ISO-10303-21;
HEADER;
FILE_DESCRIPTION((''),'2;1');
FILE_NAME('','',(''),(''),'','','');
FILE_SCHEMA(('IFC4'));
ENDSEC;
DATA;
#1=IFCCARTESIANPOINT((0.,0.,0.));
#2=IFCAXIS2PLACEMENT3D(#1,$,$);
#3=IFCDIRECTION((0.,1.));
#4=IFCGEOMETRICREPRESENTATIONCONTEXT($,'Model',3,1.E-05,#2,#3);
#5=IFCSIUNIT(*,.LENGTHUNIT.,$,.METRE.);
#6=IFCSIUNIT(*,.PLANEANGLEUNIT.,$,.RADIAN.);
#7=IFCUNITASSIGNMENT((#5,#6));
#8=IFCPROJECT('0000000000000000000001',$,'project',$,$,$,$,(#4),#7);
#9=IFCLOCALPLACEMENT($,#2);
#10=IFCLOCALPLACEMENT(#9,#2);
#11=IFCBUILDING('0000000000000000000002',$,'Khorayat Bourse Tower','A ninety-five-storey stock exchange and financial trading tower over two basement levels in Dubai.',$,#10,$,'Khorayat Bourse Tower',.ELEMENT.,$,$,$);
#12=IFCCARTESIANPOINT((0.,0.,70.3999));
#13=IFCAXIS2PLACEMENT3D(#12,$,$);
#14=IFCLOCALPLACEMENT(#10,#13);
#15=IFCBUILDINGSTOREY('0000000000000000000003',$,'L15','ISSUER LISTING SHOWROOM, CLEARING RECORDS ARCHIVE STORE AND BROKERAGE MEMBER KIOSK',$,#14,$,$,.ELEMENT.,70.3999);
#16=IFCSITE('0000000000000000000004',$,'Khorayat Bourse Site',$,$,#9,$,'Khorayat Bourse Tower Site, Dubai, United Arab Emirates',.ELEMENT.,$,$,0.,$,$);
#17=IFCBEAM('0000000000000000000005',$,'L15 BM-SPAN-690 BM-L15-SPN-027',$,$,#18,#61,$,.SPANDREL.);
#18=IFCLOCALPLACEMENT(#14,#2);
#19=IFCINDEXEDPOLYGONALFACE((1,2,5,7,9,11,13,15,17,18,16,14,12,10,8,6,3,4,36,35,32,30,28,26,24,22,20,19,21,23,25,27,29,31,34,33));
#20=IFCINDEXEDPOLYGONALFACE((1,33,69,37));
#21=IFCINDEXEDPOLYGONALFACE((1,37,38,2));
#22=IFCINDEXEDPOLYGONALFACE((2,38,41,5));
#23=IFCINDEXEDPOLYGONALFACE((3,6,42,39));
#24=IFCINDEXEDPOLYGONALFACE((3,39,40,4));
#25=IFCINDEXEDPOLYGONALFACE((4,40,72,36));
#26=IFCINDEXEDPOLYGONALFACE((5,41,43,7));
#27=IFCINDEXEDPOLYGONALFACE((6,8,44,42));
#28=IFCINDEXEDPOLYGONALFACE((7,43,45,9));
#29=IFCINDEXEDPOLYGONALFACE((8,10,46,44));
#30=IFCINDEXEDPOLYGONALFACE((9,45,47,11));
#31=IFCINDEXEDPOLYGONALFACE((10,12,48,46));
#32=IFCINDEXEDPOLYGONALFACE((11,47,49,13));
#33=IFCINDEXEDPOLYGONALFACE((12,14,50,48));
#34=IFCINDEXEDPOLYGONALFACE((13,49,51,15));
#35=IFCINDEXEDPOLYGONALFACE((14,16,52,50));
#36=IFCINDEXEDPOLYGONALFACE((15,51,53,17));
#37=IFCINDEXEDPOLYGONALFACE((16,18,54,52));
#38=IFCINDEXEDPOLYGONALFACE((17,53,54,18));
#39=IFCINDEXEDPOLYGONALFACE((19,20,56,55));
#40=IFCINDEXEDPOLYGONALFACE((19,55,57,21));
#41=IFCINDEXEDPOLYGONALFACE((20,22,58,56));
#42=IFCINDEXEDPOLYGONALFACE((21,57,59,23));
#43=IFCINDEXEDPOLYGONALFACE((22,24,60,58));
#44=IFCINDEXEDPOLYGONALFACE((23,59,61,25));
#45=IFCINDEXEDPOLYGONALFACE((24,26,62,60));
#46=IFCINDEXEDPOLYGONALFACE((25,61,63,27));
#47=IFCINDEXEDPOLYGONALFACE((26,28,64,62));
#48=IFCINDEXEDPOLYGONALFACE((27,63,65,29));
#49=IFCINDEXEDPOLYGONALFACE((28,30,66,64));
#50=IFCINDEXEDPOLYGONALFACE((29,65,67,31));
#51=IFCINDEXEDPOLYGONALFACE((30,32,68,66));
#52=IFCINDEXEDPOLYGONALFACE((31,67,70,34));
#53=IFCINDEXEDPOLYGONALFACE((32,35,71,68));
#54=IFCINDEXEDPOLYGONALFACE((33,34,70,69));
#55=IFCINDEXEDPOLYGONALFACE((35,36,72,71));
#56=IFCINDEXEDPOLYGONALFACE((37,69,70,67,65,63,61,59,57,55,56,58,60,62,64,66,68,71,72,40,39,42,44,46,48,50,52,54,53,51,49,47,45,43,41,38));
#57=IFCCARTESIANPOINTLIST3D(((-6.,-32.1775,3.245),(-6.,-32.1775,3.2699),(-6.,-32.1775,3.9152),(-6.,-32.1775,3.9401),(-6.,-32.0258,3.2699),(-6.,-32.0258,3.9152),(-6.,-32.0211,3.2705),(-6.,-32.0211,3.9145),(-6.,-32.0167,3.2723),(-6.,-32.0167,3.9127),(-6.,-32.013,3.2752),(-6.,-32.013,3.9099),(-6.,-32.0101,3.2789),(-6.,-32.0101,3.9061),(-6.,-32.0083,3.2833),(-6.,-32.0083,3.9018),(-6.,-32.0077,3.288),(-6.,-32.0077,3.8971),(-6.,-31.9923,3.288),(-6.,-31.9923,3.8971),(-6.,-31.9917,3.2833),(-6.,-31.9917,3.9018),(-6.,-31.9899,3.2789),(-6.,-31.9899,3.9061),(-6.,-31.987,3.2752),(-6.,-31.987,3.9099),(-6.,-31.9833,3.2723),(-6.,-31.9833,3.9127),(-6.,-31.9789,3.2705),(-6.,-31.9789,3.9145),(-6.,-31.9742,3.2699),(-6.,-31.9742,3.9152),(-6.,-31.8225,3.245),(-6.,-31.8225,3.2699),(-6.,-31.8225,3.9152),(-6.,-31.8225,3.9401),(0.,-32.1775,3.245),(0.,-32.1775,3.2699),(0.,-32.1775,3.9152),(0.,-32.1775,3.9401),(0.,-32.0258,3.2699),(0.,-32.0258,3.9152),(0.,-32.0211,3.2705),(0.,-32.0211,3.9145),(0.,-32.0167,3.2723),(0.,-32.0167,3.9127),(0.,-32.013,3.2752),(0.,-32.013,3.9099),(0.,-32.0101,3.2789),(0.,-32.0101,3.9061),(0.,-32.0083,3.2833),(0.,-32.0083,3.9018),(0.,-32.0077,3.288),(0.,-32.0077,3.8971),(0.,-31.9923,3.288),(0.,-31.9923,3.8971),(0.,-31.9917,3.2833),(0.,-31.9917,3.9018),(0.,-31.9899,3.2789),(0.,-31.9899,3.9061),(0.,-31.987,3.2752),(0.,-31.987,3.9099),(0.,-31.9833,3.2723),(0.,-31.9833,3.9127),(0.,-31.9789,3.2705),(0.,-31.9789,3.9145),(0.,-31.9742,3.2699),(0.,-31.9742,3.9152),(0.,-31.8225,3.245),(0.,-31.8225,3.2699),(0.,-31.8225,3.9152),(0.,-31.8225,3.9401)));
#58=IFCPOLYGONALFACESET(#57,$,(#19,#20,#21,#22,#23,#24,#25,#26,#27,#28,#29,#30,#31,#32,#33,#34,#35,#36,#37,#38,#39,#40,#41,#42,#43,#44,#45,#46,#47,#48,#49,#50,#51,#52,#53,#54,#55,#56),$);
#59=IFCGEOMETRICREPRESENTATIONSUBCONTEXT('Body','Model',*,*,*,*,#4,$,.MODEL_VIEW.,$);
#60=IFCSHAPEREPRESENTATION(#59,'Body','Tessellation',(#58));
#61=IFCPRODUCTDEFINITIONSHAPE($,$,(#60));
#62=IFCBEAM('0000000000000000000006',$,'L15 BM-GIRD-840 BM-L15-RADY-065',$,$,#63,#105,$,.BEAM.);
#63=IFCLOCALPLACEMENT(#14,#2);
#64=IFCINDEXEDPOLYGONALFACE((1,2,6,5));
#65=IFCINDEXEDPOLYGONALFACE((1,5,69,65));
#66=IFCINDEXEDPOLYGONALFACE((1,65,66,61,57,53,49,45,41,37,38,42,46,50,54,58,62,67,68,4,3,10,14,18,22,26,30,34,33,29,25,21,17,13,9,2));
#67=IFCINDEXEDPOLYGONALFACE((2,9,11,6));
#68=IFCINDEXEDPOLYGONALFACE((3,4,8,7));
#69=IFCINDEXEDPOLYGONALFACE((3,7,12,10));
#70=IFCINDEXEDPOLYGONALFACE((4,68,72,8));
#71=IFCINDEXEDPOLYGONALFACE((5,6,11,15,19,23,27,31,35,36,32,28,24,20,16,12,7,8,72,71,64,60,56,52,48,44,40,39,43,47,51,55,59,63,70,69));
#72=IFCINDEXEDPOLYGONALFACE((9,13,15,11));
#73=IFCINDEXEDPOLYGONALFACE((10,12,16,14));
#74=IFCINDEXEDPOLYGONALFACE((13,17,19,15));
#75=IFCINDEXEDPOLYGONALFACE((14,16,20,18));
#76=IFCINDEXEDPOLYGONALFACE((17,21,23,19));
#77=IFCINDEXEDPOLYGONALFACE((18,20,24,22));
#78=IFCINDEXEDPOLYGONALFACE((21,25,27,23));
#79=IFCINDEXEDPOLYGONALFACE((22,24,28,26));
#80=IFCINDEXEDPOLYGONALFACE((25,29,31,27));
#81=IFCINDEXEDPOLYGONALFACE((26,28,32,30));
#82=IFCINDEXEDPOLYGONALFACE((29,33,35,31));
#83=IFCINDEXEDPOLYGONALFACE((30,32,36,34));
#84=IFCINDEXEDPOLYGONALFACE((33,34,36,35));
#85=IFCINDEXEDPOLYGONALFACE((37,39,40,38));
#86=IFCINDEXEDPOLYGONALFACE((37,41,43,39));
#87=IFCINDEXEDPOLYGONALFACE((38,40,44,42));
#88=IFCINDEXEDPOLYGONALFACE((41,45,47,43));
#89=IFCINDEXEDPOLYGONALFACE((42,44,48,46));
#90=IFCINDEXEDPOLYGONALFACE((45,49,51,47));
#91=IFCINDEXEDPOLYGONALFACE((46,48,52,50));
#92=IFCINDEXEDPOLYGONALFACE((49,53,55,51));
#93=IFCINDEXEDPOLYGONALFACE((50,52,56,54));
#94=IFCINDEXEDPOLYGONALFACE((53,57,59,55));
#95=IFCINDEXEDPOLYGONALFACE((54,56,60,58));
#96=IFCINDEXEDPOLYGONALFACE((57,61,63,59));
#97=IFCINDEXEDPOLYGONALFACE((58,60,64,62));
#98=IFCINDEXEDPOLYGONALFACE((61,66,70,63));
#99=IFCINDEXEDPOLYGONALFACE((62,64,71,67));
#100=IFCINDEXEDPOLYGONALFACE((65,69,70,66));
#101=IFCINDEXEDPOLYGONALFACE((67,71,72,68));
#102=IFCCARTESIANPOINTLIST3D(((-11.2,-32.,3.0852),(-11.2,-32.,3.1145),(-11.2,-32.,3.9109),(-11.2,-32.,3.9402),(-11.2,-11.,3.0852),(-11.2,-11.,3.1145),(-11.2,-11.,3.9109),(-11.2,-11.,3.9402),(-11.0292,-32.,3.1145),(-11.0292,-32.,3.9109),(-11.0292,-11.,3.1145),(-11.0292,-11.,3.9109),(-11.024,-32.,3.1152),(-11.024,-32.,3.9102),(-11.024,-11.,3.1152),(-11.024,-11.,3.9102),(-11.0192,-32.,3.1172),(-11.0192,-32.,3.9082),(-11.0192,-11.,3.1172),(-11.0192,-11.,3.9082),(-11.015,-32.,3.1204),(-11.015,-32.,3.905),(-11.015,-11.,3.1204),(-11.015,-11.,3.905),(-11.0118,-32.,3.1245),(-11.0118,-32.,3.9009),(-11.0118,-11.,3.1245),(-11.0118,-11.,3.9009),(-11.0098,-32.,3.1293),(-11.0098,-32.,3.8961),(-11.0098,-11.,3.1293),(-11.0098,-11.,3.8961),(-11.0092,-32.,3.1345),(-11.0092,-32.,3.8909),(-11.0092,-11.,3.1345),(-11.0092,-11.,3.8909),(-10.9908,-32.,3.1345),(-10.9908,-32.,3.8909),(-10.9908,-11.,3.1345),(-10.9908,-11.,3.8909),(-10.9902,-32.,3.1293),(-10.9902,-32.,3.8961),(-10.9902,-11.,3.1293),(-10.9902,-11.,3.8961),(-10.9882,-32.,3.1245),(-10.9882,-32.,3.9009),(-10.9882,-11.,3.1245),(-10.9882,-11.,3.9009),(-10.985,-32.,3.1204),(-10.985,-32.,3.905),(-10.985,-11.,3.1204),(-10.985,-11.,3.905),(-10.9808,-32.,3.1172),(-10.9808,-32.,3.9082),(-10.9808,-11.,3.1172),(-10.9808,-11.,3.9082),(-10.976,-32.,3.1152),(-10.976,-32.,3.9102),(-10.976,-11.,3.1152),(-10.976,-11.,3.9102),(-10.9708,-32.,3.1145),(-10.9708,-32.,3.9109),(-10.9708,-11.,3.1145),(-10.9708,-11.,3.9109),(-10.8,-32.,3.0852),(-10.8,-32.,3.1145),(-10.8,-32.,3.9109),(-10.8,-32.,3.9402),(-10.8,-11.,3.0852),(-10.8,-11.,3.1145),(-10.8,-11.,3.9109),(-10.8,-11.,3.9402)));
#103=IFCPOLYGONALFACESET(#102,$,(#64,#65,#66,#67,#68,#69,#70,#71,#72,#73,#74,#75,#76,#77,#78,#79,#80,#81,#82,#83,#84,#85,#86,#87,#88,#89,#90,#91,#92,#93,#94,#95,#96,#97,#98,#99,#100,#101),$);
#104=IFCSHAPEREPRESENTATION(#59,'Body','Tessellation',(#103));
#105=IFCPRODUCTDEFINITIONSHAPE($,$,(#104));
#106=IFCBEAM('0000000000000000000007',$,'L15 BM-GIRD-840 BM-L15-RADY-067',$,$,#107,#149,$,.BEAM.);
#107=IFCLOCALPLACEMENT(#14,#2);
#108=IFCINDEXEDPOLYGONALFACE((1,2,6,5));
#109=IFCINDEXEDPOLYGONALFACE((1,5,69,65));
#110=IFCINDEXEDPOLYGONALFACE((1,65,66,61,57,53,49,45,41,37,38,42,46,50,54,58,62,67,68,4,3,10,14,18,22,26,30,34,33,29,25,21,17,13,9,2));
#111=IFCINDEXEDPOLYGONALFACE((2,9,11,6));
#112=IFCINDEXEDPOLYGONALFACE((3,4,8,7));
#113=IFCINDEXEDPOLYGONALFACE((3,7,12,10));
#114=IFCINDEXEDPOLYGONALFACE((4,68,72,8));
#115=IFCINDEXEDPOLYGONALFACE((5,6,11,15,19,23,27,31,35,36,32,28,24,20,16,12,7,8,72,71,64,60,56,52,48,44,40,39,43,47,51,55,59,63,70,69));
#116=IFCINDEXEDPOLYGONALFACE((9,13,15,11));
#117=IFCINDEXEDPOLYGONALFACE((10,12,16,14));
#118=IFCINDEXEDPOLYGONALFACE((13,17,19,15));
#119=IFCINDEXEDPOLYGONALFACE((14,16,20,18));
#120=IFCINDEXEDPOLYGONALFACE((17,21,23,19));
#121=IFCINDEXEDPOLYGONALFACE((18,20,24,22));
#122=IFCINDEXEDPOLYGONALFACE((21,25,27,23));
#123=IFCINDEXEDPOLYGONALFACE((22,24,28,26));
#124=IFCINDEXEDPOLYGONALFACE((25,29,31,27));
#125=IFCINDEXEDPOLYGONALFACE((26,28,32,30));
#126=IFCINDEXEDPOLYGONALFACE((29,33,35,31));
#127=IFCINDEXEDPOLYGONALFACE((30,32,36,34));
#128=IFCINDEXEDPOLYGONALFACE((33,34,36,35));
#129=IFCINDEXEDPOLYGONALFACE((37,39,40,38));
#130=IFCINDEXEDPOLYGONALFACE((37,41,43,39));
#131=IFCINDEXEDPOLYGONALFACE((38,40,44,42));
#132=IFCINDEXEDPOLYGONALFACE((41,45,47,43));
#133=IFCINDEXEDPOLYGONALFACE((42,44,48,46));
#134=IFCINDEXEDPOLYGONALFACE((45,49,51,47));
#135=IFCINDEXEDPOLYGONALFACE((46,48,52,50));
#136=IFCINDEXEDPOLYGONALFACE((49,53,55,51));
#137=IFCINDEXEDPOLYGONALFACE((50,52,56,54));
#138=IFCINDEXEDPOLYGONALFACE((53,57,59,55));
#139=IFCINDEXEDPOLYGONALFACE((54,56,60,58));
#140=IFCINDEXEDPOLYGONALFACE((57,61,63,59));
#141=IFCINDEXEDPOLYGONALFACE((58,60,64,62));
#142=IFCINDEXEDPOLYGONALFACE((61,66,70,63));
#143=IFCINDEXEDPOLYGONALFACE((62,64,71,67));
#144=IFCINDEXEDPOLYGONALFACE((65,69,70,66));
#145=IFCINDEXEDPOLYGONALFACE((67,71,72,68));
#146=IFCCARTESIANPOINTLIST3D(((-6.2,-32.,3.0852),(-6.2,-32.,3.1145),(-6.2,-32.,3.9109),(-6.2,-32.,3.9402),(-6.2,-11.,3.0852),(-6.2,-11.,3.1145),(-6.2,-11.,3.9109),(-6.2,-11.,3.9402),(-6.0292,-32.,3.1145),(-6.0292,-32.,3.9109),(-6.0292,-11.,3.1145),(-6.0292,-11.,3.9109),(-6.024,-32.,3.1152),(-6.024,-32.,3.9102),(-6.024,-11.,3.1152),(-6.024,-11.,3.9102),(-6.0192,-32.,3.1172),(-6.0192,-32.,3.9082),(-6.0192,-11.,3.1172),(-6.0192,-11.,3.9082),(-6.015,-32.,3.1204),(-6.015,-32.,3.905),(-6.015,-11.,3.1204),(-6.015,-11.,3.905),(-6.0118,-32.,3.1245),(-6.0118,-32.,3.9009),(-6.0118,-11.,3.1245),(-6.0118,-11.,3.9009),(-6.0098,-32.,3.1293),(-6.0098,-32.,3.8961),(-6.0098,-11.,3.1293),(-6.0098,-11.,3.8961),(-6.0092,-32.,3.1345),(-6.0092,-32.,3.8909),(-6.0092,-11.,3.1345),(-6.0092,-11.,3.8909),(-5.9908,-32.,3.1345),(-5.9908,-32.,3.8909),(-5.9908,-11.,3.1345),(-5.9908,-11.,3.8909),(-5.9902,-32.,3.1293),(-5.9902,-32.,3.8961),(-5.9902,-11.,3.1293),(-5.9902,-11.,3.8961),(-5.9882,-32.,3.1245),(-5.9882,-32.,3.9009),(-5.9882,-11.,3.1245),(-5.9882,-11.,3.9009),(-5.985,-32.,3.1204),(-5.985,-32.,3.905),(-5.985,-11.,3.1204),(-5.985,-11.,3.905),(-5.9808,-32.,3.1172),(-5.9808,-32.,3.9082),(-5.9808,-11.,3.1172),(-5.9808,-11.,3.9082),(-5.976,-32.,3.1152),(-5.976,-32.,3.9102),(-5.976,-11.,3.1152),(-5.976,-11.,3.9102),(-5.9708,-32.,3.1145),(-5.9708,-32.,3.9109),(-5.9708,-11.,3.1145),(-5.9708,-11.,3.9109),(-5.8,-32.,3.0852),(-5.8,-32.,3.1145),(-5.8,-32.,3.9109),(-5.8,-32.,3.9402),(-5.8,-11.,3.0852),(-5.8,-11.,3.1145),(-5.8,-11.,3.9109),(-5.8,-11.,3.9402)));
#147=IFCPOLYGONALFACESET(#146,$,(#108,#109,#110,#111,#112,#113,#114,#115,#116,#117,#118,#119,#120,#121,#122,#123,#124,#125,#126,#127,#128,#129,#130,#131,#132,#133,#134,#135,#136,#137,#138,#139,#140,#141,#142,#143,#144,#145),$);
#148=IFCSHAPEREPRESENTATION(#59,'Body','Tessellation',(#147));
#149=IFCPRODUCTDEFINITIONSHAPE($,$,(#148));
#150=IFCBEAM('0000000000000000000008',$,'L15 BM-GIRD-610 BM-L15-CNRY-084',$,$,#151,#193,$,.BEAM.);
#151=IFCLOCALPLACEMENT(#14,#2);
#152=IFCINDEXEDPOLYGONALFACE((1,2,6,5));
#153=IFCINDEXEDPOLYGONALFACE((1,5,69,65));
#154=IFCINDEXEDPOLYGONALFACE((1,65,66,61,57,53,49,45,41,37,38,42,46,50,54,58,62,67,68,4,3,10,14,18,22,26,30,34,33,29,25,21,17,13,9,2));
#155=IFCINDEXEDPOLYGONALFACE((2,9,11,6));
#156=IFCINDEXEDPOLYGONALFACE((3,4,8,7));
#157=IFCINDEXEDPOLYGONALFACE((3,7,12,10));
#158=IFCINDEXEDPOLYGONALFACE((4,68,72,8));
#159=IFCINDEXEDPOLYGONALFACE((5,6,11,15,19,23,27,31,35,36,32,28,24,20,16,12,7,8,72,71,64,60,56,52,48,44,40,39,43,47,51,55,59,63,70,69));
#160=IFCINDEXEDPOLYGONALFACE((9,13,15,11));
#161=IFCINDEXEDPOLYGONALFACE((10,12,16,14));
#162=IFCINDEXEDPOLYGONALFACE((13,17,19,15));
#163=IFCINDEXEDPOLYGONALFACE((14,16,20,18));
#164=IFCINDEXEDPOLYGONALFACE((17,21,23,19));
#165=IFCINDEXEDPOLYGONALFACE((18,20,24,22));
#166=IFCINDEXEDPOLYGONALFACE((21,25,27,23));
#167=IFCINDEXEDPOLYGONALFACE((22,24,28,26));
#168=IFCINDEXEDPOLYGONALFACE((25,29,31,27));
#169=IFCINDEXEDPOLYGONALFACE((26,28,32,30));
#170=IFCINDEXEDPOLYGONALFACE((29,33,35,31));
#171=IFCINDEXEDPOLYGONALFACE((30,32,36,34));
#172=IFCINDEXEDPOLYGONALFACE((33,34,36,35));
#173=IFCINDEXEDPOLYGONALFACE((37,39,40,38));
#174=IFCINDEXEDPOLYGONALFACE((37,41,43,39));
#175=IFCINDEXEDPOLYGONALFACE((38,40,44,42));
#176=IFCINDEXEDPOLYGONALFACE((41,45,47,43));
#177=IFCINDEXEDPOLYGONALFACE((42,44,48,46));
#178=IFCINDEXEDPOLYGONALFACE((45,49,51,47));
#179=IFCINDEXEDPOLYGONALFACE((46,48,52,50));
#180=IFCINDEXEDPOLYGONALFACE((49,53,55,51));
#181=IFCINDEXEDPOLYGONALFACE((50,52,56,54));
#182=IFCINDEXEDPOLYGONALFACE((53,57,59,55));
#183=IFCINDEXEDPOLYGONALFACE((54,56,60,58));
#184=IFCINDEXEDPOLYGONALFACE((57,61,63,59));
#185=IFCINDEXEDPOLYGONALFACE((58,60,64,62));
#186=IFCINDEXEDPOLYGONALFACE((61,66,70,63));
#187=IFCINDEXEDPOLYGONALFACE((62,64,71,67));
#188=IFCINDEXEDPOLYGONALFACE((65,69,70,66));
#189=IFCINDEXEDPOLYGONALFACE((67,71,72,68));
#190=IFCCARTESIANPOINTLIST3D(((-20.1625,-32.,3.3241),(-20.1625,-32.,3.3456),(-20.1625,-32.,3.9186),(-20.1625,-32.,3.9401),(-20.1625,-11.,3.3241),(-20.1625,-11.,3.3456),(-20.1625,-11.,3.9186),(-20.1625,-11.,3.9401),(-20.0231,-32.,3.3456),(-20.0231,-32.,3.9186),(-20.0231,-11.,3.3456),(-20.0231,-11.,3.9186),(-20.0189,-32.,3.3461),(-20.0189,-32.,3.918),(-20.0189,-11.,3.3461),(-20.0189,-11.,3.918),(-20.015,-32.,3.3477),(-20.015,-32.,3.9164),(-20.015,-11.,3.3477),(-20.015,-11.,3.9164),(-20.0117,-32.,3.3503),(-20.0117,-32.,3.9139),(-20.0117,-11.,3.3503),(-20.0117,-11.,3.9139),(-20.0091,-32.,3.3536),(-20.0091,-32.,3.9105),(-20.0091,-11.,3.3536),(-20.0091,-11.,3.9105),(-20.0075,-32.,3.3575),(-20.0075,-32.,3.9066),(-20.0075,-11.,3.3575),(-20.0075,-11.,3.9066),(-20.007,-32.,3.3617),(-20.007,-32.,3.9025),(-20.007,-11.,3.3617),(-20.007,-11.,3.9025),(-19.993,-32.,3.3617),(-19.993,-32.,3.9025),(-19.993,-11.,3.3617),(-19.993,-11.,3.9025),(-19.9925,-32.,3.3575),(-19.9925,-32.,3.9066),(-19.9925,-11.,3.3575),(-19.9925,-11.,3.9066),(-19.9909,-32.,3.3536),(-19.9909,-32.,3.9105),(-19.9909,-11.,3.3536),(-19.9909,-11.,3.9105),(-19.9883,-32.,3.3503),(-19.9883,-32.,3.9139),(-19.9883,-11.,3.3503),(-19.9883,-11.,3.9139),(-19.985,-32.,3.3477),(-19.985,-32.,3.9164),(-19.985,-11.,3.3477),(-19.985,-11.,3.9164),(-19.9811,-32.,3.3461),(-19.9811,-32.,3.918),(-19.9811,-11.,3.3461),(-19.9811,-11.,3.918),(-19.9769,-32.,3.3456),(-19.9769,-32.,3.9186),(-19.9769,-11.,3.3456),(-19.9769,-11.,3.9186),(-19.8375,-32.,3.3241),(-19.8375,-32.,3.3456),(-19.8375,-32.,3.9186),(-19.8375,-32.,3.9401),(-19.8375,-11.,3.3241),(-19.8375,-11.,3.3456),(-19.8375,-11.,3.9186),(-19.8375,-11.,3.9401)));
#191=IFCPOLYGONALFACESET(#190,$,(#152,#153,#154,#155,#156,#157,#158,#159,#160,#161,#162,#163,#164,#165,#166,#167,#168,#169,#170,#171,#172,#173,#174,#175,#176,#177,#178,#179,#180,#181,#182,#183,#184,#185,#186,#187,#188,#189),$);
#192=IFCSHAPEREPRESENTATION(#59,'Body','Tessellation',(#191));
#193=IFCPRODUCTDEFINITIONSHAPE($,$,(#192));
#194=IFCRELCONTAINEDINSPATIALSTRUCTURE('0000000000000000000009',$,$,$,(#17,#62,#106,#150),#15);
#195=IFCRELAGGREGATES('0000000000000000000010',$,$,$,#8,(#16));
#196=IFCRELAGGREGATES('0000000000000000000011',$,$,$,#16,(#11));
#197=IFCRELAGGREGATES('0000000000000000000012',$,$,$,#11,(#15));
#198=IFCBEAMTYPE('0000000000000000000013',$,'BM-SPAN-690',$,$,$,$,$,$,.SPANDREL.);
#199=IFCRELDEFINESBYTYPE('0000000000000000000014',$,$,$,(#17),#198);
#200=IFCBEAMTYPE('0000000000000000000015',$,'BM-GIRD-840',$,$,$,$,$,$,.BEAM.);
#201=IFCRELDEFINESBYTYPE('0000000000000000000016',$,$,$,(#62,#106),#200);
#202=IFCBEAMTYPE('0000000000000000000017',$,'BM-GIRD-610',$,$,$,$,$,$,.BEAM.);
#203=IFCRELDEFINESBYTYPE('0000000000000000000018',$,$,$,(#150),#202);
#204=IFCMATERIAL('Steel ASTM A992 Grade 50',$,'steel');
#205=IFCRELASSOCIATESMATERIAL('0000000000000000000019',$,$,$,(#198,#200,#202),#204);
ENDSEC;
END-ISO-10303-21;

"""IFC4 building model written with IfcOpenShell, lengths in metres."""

from ifc_helpers import new_model, si_unit, direction, frame, origin, origin_2d, place, context, subcontext, project, spatial, i_section, extrude, source, transform, mapped, material, material_profile, profile_set, type_object, element, save


model = new_model("IFC4")

# Units and contexts
model_context = context("Model", 3, precision=1e-05, world=origin(), true_north=direction((0.0, 1.0)))
body_context = subcontext(model_context, "Body", "Model", "MODEL_VIEW")
ifc_project = project(units=[si_unit("LENGTHUNIT", "METRE"), si_unit("PLANEANGLEUNIT", "RADIAN")], contexts=[model_context])

# Site, building, storey
site_placement = place(None, origin())
site = spatial("IfcSite", under=ifc_project, at=site_placement, Name="Khorayat Bourse Site", LongName="Khorayat Bourse Tower Site, Dubai, United Arab Emirates", CompositionType="ELEMENT", RefElevation=0.0)
building_placement = place(site_placement, origin())
building = spatial("IfcBuilding", under=site, at=building_placement, Name="Khorayat Bourse Tower", Description="A ninety-five-storey stock exchange and financial trading tower over two basement levels in Dubai.", LongName="Khorayat Bourse Tower", CompositionType="ELEMENT")
storey_placement = place(building_placement, frame((0.0, 0.0, 70.3999)))
storey = spatial("IfcBuildingStorey", under=building, at=storey_placement, Name="L15", Description="ISSUER LISTING SHOWROOM, CLEARING RECORDS ARCHIVE STORE AND BROKERAGE MEMBER KIOSK", CompositionType="ELEMENT", Elevation=70.3999)

# Beams
ifc_material_1 = material(Name="Steel ASTM A992 Grade 50", Category="steel")
ifc_material_profile_1 = material_profile(ifc_material_1, i_section(OverallWidth=0.355, OverallDepth=0.6951, WebThickness=0.0154, FlangeThickness=0.0249, FilletRadius=0.0181, at=origin_2d()), Name="W690X217")
ifc_profile_set_1 = profile_set([ifc_material_profile_1], Name="Steel ASTM A992 Grade 50")
beam_type_1 = type_object("IfcBeamType", Name="BM-SPAN-690", PredefinedType="SPANDREL", material=ifc_profile_set_1)
shared_shape_1 = source(origin(), body_context, "Body", "SweptSolid", [
    extrude(i_section(OverallWidth=0.355, OverallDepth=0.6951, WebThickness=0.0154, FlangeThickness=0.0249, FilletRadius=0.0181, at=origin_2d()), origin(), (0.0, 0.0, 1.0), 6.0),
])
beam_1_placement = place(storey_placement, frame((-6.0, -32.0, 3.5925), z_axis=(1.0, 0.0, 0.0), x_axis=(0.0, 1.0, 0.0)))
element("IfcBeam", 1, at=beam_1_placement, inside=storey, type_object=beam_type_1, Name="L15 BM-SPAN-690 BM-L15-SPN-027", PredefinedType="SPANDREL", context=body_context, shape_type="MappedRepresentation", body=[
    mapped(shared_shape_1, transform((0.0, 0.0, 0.0), scale=1.0)),
])
ifc_material_profile_2 = material_profile(ifc_material_1, i_section(OverallWidth=0.3999, OverallDepth=0.855, WebThickness=0.0183, FlangeThickness=0.0293, FilletRadius=0.02, at=origin_2d()), Name="W840X299")
ifc_profile_set_2 = profile_set([ifc_material_profile_2], Name="Steel ASTM A992 Grade 50")
beam_type_2 = type_object("IfcBeamType", Name="BM-GIRD-840", PredefinedType="BEAM", material=ifc_profile_set_2)
shared_shape_2 = source(origin(), body_context, "Body", "SweptSolid", [
    extrude(i_section(OverallWidth=0.3999, OverallDepth=0.855, WebThickness=0.0183, FlangeThickness=0.0293, FilletRadius=0.02, at=origin_2d()), origin(), (0.0, 0.0, 1.0), 21.0),
])
for number, where, z_axis, x_axis, name in (
    (2, (-11.0, -32.0, 3.5127), (0.0, 1.0, 0.0), (-1.0, 0.0, 0.0), "L15 BM-GIRD-840 BM-L15-RADY-065"),
    (3, (-6.0, -32.0, 3.5127), (0.0, 1.0, 0.0), (-1.0, 0.0, 0.0), "L15 BM-GIRD-840 BM-L15-RADY-067"),
):
    element("IfcBeam", number, at=place(storey_placement, frame(where, z_axis=z_axis, x_axis=x_axis)), inside=storey, type_object=beam_type_2, Name=name, PredefinedType="BEAM", context=body_context, shape_type="MappedRepresentation", body=[
        mapped(shared_shape_2, transform((0.0, 0.0, 0.0), scale=1.0)),
    ])
ifc_material_profile_3 = material_profile(ifc_material_1, i_section(OverallWidth=0.325, OverallDepth=0.616, WebThickness=0.0139, FlangeThickness=0.0215, FilletRadius=0.0161, at=origin_2d()), Name="W610X174")
ifc_profile_set_3 = profile_set([ifc_material_profile_3], Name="Steel ASTM A992 Grade 50")
beam_type_3 = type_object("IfcBeamType", Name="BM-GIRD-610", PredefinedType="BEAM", material=ifc_profile_set_3)
shared_shape_3 = source(origin(), body_context, "Body", "SweptSolid", [
    extrude(i_section(OverallWidth=0.325, OverallDepth=0.616, WebThickness=0.0139, FlangeThickness=0.0215, FilletRadius=0.0161, at=origin_2d()), origin(), (0.0, 0.0, 1.0), 21.0),
])
beam_2_placement = place(storey_placement, frame((-20.0, -32.0, 3.6321), z_axis=(0.0, 1.0, 0.0), x_axis=(-1.0, 0.0, 0.0)))
element("IfcBeam", 4, at=beam_2_placement, inside=storey, type_object=beam_type_3, Name="L15 BM-GIRD-610 BM-L15-CNRY-084", PredefinedType="BEAM", context=body_context, shape_type="MappedRepresentation", body=[
    mapped(shared_shape_3, transform((0.0, 0.0, 0.0), scale=1.0)),
])

save(model, "model.ifc")
